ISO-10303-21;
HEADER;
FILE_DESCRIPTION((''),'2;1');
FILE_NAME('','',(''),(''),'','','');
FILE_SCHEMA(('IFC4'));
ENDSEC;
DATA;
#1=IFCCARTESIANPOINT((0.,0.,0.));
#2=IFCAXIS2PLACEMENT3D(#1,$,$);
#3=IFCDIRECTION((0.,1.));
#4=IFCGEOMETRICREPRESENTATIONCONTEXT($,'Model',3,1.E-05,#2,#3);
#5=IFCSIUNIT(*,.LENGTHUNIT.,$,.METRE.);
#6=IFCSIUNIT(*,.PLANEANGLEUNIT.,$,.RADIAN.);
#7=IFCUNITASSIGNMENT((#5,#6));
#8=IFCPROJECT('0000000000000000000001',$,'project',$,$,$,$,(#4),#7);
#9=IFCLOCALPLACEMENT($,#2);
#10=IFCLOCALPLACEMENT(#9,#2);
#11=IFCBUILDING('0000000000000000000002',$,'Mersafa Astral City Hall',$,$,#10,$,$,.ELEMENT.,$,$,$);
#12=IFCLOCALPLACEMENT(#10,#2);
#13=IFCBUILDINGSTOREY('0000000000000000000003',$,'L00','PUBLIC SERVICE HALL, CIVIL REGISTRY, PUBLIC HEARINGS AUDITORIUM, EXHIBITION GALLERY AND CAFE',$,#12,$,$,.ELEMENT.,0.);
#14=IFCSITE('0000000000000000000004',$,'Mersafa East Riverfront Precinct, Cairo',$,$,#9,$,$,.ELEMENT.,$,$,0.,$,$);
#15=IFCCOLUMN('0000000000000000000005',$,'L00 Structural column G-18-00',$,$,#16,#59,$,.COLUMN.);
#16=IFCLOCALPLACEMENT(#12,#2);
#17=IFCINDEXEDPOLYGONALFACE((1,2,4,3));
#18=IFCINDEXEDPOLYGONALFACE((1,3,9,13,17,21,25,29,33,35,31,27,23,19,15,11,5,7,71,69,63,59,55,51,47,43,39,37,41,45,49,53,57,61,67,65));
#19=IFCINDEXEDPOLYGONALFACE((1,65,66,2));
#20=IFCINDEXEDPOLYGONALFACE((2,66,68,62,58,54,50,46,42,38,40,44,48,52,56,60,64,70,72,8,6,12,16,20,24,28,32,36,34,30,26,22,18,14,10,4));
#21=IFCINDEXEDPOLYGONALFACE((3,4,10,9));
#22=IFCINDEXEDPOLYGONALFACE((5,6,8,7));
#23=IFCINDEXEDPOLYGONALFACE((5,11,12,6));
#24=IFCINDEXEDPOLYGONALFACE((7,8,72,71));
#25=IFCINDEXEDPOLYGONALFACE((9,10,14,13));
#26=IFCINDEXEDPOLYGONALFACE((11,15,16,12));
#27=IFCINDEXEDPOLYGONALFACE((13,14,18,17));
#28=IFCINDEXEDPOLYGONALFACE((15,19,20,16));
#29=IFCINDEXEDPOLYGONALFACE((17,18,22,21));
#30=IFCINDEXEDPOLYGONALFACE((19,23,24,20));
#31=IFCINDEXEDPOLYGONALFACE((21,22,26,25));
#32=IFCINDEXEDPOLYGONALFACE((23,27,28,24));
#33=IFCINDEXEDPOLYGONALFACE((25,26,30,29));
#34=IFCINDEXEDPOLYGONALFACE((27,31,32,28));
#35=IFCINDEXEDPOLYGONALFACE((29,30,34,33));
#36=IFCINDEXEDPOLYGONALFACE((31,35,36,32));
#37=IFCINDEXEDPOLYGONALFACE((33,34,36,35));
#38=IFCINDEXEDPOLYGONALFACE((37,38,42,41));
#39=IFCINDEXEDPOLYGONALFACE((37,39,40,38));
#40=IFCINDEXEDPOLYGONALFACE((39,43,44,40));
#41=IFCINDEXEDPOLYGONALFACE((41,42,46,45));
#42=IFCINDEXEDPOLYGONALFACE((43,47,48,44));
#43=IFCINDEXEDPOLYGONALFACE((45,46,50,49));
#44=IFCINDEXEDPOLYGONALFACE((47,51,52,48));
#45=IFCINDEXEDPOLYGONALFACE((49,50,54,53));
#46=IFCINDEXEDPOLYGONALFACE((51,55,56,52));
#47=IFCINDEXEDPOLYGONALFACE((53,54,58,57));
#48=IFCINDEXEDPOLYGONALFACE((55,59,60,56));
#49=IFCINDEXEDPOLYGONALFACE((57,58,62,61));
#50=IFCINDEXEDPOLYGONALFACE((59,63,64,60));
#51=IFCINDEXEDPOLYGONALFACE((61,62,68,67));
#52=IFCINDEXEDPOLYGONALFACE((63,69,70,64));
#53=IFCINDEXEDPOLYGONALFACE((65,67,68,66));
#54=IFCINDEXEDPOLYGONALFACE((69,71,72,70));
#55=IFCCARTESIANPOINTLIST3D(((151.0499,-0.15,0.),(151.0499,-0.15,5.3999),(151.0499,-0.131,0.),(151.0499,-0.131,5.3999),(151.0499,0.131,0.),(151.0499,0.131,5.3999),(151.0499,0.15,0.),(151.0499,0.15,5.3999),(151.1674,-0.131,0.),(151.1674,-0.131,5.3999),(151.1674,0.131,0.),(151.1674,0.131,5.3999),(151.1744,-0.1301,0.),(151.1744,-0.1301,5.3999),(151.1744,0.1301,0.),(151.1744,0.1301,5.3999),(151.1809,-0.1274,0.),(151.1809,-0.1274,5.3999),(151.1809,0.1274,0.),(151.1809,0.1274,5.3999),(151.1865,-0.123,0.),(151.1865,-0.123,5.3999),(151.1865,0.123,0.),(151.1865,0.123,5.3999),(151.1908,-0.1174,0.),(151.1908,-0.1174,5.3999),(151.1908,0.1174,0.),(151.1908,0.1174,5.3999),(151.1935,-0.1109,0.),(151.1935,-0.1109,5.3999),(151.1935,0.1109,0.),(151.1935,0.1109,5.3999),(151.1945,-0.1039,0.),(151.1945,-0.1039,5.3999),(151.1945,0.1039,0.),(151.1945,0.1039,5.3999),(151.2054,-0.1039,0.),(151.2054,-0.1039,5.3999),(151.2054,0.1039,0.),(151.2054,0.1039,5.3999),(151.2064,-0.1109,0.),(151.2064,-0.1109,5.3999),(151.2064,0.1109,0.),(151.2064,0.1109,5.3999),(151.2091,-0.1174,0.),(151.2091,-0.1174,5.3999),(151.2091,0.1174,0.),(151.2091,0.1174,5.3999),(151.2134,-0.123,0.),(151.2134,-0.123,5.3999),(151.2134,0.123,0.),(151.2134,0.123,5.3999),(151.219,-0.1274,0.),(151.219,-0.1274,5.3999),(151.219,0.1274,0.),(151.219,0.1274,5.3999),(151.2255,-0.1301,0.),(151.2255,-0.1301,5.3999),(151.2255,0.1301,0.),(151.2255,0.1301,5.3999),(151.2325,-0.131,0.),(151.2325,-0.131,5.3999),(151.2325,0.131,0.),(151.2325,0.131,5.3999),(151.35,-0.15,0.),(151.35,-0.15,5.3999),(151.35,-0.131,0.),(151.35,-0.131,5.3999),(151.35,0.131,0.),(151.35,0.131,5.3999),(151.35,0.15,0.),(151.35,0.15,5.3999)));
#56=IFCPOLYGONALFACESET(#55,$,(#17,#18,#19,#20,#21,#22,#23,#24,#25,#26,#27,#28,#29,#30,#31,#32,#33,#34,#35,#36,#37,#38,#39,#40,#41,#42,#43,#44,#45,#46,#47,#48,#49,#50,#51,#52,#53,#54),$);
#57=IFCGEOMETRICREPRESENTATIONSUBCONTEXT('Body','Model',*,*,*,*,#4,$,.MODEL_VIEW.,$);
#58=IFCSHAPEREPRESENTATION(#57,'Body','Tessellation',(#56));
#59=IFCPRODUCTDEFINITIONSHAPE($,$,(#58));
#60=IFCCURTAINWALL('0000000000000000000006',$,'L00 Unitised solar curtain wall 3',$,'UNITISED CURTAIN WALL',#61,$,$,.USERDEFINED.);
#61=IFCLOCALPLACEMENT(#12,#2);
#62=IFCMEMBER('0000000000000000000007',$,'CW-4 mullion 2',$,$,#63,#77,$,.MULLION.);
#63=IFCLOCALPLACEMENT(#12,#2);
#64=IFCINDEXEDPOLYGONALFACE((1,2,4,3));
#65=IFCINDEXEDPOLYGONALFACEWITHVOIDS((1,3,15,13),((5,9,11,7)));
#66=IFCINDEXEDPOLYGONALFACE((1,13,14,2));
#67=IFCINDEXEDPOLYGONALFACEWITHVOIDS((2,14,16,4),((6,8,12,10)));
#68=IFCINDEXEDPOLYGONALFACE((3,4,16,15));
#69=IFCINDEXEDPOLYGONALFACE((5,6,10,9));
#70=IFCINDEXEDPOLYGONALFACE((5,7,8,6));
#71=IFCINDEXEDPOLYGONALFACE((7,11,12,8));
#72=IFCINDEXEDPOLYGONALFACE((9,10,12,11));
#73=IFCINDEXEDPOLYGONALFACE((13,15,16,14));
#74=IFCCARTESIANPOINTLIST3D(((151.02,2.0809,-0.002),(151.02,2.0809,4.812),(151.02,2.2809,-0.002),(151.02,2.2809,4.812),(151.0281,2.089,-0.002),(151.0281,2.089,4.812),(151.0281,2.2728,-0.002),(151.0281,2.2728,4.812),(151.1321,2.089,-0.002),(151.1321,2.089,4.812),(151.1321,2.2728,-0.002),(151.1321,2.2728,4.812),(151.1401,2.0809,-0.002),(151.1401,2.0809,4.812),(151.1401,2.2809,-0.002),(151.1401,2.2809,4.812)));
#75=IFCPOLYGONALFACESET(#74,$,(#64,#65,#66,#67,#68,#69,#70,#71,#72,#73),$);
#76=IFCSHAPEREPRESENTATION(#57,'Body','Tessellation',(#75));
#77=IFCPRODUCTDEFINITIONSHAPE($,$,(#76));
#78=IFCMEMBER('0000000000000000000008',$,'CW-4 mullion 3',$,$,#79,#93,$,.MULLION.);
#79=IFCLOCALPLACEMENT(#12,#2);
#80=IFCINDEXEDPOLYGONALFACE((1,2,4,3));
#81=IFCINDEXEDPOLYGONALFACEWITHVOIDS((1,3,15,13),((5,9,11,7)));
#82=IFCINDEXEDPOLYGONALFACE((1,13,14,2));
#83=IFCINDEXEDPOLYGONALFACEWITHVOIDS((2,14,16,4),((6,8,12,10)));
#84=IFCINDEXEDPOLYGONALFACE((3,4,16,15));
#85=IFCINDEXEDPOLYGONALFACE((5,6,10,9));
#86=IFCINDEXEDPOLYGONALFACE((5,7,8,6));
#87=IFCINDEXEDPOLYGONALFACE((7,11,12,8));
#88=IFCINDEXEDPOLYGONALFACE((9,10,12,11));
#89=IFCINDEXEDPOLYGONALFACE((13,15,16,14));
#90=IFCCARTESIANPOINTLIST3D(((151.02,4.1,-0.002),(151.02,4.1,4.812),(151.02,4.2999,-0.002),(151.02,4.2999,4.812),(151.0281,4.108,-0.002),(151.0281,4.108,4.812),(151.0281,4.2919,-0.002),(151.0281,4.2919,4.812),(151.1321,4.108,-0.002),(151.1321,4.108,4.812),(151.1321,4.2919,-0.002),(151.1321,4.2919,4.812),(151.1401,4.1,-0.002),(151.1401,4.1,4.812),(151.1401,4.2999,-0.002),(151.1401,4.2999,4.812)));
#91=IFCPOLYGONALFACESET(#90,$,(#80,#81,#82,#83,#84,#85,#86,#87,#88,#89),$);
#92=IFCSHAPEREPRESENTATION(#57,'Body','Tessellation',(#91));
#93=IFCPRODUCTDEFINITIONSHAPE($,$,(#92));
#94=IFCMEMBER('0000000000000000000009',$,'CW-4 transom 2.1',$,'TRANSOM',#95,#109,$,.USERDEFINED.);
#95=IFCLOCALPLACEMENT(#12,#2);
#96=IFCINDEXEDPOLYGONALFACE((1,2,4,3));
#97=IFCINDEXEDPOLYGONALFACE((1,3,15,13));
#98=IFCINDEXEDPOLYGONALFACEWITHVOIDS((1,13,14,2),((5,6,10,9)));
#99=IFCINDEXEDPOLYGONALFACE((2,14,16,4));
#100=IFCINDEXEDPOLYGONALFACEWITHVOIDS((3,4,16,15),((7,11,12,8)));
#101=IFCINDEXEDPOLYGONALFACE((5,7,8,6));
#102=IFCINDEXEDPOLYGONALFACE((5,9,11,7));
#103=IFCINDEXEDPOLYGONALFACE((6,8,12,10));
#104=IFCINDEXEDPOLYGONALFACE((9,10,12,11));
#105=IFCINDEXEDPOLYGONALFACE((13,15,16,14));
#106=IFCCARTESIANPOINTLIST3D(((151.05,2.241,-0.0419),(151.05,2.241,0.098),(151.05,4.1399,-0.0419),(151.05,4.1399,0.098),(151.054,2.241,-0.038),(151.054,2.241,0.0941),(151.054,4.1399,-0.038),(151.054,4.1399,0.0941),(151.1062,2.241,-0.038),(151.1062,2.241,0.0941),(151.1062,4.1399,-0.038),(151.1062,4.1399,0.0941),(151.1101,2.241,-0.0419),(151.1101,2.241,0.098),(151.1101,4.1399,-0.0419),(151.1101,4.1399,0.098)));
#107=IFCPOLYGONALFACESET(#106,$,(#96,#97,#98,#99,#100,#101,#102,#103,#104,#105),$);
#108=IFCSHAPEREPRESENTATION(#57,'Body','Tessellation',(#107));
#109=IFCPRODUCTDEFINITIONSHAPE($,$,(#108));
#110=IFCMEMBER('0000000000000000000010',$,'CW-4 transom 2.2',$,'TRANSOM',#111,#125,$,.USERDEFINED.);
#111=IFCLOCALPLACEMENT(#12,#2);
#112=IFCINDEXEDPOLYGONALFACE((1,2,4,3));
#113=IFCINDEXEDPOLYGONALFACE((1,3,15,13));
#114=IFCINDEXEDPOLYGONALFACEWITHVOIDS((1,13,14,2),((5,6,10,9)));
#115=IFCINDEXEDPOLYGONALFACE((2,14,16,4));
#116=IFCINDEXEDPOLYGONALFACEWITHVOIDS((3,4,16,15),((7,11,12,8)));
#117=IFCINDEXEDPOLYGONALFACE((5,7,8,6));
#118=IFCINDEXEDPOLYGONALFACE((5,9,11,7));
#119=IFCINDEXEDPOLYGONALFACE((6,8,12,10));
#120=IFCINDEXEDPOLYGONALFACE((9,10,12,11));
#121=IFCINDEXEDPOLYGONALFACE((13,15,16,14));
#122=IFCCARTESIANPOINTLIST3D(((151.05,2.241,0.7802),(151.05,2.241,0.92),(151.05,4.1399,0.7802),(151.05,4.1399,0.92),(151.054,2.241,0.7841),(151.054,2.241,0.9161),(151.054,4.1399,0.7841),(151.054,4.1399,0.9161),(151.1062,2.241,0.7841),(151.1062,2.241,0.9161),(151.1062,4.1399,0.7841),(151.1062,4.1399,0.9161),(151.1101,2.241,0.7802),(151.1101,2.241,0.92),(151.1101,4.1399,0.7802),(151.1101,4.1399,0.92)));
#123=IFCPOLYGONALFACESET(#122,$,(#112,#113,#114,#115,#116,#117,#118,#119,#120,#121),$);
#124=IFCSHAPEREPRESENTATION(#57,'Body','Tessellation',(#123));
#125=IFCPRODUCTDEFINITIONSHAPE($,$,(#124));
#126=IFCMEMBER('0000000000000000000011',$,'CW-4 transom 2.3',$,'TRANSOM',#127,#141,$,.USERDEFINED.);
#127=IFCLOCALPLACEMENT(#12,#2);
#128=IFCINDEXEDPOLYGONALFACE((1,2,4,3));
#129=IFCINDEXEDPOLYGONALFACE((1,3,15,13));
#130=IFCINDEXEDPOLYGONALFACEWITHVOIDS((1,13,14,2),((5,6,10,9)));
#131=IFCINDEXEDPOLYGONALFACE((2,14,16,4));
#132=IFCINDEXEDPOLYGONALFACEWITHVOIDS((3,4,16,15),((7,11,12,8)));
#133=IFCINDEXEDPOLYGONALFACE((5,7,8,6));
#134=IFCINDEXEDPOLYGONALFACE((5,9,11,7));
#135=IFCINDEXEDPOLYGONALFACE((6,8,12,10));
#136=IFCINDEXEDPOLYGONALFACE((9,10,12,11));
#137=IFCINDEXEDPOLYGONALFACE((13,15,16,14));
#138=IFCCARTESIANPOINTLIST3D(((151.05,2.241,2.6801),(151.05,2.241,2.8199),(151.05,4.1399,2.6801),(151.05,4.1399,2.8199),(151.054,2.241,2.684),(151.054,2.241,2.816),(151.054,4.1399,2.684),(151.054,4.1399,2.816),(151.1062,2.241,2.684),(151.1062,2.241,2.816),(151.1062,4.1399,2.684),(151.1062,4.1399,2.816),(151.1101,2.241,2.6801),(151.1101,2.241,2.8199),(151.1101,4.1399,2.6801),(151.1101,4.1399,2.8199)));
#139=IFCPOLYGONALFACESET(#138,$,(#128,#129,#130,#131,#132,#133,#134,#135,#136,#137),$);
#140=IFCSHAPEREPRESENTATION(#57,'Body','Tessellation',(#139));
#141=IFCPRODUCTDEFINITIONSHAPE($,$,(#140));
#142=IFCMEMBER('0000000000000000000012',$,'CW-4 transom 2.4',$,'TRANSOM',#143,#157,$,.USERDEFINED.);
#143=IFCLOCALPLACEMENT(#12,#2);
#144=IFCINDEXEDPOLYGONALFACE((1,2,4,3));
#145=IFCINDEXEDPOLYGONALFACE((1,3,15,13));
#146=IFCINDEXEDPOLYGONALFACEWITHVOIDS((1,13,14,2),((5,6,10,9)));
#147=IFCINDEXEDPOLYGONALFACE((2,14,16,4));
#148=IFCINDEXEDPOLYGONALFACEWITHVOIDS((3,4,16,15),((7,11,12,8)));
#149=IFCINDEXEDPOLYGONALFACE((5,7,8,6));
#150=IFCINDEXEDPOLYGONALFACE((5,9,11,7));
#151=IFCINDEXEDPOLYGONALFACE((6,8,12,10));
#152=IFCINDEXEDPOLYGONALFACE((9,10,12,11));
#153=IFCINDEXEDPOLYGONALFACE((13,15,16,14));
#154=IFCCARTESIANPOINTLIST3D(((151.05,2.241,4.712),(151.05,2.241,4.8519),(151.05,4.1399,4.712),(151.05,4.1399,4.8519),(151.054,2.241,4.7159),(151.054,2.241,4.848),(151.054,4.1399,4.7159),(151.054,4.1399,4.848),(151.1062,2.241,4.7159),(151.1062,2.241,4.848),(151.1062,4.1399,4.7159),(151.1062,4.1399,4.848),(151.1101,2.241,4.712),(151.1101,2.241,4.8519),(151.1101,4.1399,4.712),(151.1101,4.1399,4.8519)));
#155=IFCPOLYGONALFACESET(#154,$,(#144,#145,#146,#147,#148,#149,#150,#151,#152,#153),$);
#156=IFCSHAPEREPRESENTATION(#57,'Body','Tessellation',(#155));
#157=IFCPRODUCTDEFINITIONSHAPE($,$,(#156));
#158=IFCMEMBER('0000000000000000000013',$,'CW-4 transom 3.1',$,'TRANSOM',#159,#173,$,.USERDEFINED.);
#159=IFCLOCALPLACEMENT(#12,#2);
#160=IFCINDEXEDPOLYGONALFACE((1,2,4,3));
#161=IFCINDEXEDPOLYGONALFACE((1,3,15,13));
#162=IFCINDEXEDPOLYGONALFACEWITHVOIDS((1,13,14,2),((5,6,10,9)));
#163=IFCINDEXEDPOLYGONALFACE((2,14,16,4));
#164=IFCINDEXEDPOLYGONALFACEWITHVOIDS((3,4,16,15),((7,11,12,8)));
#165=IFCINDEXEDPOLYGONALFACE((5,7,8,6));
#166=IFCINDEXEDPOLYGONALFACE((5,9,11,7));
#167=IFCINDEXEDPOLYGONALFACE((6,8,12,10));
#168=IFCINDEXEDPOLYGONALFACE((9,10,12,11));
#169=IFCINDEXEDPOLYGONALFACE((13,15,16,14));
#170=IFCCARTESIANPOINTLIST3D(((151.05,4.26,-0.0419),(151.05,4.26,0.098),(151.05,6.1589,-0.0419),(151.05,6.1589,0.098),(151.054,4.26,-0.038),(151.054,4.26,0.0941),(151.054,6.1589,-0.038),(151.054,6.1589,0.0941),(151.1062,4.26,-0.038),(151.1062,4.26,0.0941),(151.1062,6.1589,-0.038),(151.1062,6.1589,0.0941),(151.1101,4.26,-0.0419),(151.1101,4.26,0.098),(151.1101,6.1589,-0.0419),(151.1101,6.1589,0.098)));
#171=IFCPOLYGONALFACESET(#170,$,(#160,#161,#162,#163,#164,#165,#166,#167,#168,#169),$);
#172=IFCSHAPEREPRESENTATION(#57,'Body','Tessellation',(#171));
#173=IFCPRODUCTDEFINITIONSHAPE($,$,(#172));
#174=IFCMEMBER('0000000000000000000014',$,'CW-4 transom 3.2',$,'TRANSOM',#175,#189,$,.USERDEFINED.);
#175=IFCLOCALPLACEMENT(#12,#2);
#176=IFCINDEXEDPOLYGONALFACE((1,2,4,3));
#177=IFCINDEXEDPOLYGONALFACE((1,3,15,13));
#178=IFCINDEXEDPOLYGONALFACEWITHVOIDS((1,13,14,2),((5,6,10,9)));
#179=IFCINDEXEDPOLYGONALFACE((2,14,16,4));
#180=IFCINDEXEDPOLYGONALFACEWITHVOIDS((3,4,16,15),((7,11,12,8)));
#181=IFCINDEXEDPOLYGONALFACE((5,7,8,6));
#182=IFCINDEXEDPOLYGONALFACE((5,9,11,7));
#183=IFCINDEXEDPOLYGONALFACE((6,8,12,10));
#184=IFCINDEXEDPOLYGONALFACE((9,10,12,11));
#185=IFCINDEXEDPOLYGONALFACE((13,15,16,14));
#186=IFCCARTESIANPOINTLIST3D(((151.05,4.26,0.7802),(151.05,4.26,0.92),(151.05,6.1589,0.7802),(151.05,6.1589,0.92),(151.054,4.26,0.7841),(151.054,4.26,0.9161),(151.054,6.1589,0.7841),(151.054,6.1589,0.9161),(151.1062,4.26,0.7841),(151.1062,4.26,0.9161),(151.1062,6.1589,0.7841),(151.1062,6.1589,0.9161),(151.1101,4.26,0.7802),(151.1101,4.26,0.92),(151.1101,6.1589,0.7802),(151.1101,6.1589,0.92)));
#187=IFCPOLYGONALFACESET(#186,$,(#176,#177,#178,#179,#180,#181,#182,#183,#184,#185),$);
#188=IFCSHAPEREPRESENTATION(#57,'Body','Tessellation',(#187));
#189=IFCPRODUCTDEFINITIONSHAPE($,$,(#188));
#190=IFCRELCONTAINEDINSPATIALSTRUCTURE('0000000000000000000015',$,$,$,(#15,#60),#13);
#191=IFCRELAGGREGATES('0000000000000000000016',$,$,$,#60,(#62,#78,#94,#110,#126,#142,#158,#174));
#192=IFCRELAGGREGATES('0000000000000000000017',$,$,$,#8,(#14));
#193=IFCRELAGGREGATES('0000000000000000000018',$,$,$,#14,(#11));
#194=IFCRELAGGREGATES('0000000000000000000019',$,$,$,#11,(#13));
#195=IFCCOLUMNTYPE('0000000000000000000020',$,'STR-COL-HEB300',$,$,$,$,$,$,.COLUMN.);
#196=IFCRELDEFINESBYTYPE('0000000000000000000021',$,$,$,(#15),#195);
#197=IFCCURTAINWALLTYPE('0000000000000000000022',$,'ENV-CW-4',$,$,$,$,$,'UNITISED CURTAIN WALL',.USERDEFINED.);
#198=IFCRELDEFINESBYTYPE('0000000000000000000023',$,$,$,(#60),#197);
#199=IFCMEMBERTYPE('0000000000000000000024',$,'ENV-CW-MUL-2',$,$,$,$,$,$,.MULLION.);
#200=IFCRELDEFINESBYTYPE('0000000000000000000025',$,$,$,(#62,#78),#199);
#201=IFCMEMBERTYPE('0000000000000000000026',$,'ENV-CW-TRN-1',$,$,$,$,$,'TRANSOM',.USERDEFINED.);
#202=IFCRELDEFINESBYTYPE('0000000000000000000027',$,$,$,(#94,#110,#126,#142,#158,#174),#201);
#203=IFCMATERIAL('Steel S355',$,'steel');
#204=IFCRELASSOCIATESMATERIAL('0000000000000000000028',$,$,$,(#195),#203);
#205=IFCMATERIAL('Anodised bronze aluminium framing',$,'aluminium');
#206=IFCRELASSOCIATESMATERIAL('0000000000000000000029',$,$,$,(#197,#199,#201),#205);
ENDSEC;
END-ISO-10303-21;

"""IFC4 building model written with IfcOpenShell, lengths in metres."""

from ifc_helpers import new_model, si_unit, direction, frame, origin, origin_2d, place, context, subcontext, project, spatial, hollow_rectangle, i_section, extrude, material, material_profile, profile_set, type_object, element, aggregate, save


model = new_model("IFC4")

# Units and contexts
model_context = context("Model", 3, precision=1e-05, world=origin(), true_north=direction((0.0, 1.0)))
body_context = subcontext(model_context, "Body", "Model", "MODEL_VIEW")
ifc_project = project(units=[si_unit("LENGTHUNIT", "METRE"), si_unit("PLANEANGLEUNIT", "RADIAN")], contexts=[model_context])

# Site, building, storey
site_placement = place(None, origin())
site = spatial("IfcSite", under=ifc_project, at=site_placement, Name="Mersafa East Riverfront Precinct, Cairo", CompositionType="ELEMENT", RefElevation=0.0)
building_placement = place(site_placement, origin())
building = spatial("IfcBuilding", under=site, at=building_placement, Name="Mersafa Astral City Hall", CompositionType="ELEMENT")
storey_placement = place(building_placement, origin())
storey = spatial("IfcBuildingStorey", under=building, at=storey_placement, Name="L00", Description="PUBLIC SERVICE HALL, CIVIL REGISTRY, PUBLIC HEARINGS AUDITORIUM, EXHIBITION GALLERY AND CAFE", CompositionType="ELEMENT", Elevation=0.0)

# Column
ifc_material_1 = material(Name="Steel S355", Category="steel")
ifc_material_profile_1 = material_profile(ifc_material_1, i_section(OverallWidth=0.3, OverallDepth=0.3, WebThickness=0.011, FlangeThickness=0.019, FilletRadius=0.0271, at=origin_2d()), Name="HEB 300")
ifc_profile_set_1 = profile_set([ifc_material_profile_1], Name="Steel S355")
column_type = type_object("IfcColumnType", Name="STR-COL-HEB300", PredefinedType="COLUMN", material=ifc_profile_set_1)
column_placement = place(storey_placement, frame((151.2, 0.0, 0.0), z_axis=(0.0, 0.0, 1.0), x_axis=(1.0, 0.0, 0.0)))
element("IfcColumn", 1, at=column_placement, inside=storey, type_object=column_type, Name="L00 Structural column G-18-00", PredefinedType="COLUMN", context=body_context, shape_type="SweptSolid", body=[
    extrude(i_section(OverallWidth=0.3, OverallDepth=0.3, WebThickness=0.011, FlangeThickness=0.019, FilletRadius=0.0271, at=origin_2d()), origin(), (0.0, 0.0, 1.0), 5.3999),
])

# Curtain wall, members
ifc_material_2 = material(Name="Anodised bronze aluminium framing", Category="aluminium")
curtain_wall_type = type_object("IfcCurtainWallType", Name="ENV-CW-4", ElementType="UNITISED CURTAIN WALL", PredefinedType="USERDEFINED", material=ifc_material_2)
curtain_wall_placement = place(storey_placement, origin())
curtain_wall = element("IfcCurtainWall", 2, at=curtain_wall_placement, inside=storey, type_object=curtain_wall_type, Name="L00 Unitised solar curtain wall 3", ObjectType="UNITISED CURTAIN WALL", PredefinedType="USERDEFINED")
ifc_material_profile_2 = material_profile(ifc_material_2, hollow_rectangle(XDim=0.1201, YDim=0.2, WallThickness=0.0081, at=origin_2d()), Name="RHS 120x200x8")
ifc_profile_set_2 = profile_set([ifc_material_profile_2], Name="Anodised bronze aluminium framing")
member_type_1 = type_object("IfcMemberType", Name="ENV-CW-MUL-2", PredefinedType="MULLION", material=ifc_profile_set_2)
member_1_placement = place(storey_placement, frame((151.0801, 2.1809, -0.002), z_axis=(0.0, 0.0, 1.0), x_axis=(-1.0, 0.0, 0.0)))
member_1 = element("IfcMember", 3, at=member_1_placement, type_object=member_type_1, Name="CW-4 mullion 2", PredefinedType="MULLION", context=body_context, shape_type="SweptSolid", body=[
    extrude(hollow_rectangle(XDim=0.1201, YDim=0.2, WallThickness=0.0081, at=origin_2d()), origin(), (0.0, 0.0, 1.0), 4.814),
])
member_2_placement = place(storey_placement, frame((151.0801, 4.2, -0.002), z_axis=(0.0, 0.0, 1.0), x_axis=(-1.0, 0.0, 0.0)))
member_2 = element("IfcMember", 4, at=member_2_placement, type_object=member_type_1, Name="CW-4 mullion 3", PredefinedType="MULLION", context=body_context, shape_type="SweptSolid", body=[
    extrude(hollow_rectangle(XDim=0.1201, YDim=0.2, WallThickness=0.0081, at=origin_2d()), origin(), (0.0, 0.0, 1.0), 4.814),
])
ifc_material_profile_3 = material_profile(ifc_material_2, hollow_rectangle(XDim=0.0601, YDim=0.1399, WallThickness=0.0039, at=origin_2d()), Name="RHS 60x140x4")
ifc_profile_set_3 = profile_set([ifc_material_profile_3], Name="Anodised bronze aluminium framing")
member_type_2 = type_object("IfcMemberType", Name="ENV-CW-TRN-1", ElementType="TRANSOM", PredefinedType="USERDEFINED", material=ifc_profile_set_3)
member_3_placement = place(storey_placement, frame((151.0801, 2.241, 0.0281), z_axis=(0.0, 1.0, 0.0), x_axis=(-1.0, 0.0, 0.0)))
member_3 = element("IfcMember", 5, at=member_3_placement, type_object=member_type_2, Name="CW-4 transom 2.1", ObjectType="TRANSOM", PredefinedType="USERDEFINED", context=body_context, shape_type="SweptSolid", body=[
    extrude(hollow_rectangle(XDim=0.0601, YDim=0.1399, WallThickness=0.0039, at=origin_2d()), origin(), (0.0, 0.0, 1.0), 1.8989),
])
member_4_placement = place(storey_placement, frame((151.0801, 2.241, 0.8501), z_axis=(0.0, 1.0, 0.0), x_axis=(-1.0, 0.0, 0.0)))
member_4 = element("IfcMember", 6, at=member_4_placement, type_object=member_type_2, Name="CW-4 transom 2.2", ObjectType="TRANSOM", PredefinedType="USERDEFINED", context=body_context, shape_type="SweptSolid", body=[
    extrude(hollow_rectangle(XDim=0.0601, YDim=0.1399, WallThickness=0.0039, at=origin_2d()), origin(), (0.0, 0.0, 1.0), 1.8989),
])
member_5_placement = place(storey_placement, frame((151.0801, 2.241, 2.75), z_axis=(0.0, 1.0, 0.0), x_axis=(-1.0, 0.0, 0.0)))
member_5 = element("IfcMember", 7, at=member_5_placement, type_object=member_type_2, Name="CW-4 transom 2.3", ObjectType="TRANSOM", PredefinedType="USERDEFINED", context=body_context, shape_type="SweptSolid", body=[
    extrude(hollow_rectangle(XDim=0.0601, YDim=0.1399, WallThickness=0.0039, at=origin_2d()), origin(), (0.0, 0.0, 1.0), 1.8989),
])
member_6_placement = place(storey_placement, frame((151.0801, 2.241, 4.782), z_axis=(0.0, 1.0, 0.0), x_axis=(-1.0, 0.0, 0.0)))
member_6 = element("IfcMember", 8, at=member_6_placement, type_object=member_type_2, Name="CW-4 transom 2.4", ObjectType="TRANSOM", PredefinedType="USERDEFINED", context=body_context, shape_type="SweptSolid", body=[
    extrude(hollow_rectangle(XDim=0.0601, YDim=0.1399, WallThickness=0.0039, at=origin_2d()), origin(), (0.0, 0.0, 1.0), 1.8989),
])
member_7_placement = place(storey_placement, frame((151.0801, 4.26, 0.0281), z_axis=(0.0, 1.0, 0.0), x_axis=(-1.0, 0.0, 0.0)))
member_7 = element("IfcMember", 9, at=member_7_placement, type_object=member_type_2, Name="CW-4 transom 3.1", ObjectType="TRANSOM", PredefinedType="USERDEFINED", context=body_context, shape_type="SweptSolid", body=[
    extrude(hollow_rectangle(XDim=0.0601, YDim=0.1399, WallThickness=0.0039, at=origin_2d()), origin(), (0.0, 0.0, 1.0), 1.8989),
])
member_8_placement = place(storey_placement, frame((151.0801, 4.26, 0.8501), z_axis=(0.0, 1.0, 0.0), x_axis=(-1.0, 0.0, 0.0)))
member_8 = element("IfcMember", 10, at=member_8_placement, type_object=member_type_2, Name="CW-4 transom 3.2", ObjectType="TRANSOM", PredefinedType="USERDEFINED", context=body_context, shape_type="SweptSolid", body=[
    extrude(hollow_rectangle(XDim=0.0601, YDim=0.1399, WallThickness=0.0039, at=origin_2d()), origin(), (0.0, 0.0, 1.0), 1.8989),
])

aggregate(curtain_wall, [member_1, member_2, member_3, member_4, member_5, member_6, member_7, member_8])

save(model, "model.ifc")
